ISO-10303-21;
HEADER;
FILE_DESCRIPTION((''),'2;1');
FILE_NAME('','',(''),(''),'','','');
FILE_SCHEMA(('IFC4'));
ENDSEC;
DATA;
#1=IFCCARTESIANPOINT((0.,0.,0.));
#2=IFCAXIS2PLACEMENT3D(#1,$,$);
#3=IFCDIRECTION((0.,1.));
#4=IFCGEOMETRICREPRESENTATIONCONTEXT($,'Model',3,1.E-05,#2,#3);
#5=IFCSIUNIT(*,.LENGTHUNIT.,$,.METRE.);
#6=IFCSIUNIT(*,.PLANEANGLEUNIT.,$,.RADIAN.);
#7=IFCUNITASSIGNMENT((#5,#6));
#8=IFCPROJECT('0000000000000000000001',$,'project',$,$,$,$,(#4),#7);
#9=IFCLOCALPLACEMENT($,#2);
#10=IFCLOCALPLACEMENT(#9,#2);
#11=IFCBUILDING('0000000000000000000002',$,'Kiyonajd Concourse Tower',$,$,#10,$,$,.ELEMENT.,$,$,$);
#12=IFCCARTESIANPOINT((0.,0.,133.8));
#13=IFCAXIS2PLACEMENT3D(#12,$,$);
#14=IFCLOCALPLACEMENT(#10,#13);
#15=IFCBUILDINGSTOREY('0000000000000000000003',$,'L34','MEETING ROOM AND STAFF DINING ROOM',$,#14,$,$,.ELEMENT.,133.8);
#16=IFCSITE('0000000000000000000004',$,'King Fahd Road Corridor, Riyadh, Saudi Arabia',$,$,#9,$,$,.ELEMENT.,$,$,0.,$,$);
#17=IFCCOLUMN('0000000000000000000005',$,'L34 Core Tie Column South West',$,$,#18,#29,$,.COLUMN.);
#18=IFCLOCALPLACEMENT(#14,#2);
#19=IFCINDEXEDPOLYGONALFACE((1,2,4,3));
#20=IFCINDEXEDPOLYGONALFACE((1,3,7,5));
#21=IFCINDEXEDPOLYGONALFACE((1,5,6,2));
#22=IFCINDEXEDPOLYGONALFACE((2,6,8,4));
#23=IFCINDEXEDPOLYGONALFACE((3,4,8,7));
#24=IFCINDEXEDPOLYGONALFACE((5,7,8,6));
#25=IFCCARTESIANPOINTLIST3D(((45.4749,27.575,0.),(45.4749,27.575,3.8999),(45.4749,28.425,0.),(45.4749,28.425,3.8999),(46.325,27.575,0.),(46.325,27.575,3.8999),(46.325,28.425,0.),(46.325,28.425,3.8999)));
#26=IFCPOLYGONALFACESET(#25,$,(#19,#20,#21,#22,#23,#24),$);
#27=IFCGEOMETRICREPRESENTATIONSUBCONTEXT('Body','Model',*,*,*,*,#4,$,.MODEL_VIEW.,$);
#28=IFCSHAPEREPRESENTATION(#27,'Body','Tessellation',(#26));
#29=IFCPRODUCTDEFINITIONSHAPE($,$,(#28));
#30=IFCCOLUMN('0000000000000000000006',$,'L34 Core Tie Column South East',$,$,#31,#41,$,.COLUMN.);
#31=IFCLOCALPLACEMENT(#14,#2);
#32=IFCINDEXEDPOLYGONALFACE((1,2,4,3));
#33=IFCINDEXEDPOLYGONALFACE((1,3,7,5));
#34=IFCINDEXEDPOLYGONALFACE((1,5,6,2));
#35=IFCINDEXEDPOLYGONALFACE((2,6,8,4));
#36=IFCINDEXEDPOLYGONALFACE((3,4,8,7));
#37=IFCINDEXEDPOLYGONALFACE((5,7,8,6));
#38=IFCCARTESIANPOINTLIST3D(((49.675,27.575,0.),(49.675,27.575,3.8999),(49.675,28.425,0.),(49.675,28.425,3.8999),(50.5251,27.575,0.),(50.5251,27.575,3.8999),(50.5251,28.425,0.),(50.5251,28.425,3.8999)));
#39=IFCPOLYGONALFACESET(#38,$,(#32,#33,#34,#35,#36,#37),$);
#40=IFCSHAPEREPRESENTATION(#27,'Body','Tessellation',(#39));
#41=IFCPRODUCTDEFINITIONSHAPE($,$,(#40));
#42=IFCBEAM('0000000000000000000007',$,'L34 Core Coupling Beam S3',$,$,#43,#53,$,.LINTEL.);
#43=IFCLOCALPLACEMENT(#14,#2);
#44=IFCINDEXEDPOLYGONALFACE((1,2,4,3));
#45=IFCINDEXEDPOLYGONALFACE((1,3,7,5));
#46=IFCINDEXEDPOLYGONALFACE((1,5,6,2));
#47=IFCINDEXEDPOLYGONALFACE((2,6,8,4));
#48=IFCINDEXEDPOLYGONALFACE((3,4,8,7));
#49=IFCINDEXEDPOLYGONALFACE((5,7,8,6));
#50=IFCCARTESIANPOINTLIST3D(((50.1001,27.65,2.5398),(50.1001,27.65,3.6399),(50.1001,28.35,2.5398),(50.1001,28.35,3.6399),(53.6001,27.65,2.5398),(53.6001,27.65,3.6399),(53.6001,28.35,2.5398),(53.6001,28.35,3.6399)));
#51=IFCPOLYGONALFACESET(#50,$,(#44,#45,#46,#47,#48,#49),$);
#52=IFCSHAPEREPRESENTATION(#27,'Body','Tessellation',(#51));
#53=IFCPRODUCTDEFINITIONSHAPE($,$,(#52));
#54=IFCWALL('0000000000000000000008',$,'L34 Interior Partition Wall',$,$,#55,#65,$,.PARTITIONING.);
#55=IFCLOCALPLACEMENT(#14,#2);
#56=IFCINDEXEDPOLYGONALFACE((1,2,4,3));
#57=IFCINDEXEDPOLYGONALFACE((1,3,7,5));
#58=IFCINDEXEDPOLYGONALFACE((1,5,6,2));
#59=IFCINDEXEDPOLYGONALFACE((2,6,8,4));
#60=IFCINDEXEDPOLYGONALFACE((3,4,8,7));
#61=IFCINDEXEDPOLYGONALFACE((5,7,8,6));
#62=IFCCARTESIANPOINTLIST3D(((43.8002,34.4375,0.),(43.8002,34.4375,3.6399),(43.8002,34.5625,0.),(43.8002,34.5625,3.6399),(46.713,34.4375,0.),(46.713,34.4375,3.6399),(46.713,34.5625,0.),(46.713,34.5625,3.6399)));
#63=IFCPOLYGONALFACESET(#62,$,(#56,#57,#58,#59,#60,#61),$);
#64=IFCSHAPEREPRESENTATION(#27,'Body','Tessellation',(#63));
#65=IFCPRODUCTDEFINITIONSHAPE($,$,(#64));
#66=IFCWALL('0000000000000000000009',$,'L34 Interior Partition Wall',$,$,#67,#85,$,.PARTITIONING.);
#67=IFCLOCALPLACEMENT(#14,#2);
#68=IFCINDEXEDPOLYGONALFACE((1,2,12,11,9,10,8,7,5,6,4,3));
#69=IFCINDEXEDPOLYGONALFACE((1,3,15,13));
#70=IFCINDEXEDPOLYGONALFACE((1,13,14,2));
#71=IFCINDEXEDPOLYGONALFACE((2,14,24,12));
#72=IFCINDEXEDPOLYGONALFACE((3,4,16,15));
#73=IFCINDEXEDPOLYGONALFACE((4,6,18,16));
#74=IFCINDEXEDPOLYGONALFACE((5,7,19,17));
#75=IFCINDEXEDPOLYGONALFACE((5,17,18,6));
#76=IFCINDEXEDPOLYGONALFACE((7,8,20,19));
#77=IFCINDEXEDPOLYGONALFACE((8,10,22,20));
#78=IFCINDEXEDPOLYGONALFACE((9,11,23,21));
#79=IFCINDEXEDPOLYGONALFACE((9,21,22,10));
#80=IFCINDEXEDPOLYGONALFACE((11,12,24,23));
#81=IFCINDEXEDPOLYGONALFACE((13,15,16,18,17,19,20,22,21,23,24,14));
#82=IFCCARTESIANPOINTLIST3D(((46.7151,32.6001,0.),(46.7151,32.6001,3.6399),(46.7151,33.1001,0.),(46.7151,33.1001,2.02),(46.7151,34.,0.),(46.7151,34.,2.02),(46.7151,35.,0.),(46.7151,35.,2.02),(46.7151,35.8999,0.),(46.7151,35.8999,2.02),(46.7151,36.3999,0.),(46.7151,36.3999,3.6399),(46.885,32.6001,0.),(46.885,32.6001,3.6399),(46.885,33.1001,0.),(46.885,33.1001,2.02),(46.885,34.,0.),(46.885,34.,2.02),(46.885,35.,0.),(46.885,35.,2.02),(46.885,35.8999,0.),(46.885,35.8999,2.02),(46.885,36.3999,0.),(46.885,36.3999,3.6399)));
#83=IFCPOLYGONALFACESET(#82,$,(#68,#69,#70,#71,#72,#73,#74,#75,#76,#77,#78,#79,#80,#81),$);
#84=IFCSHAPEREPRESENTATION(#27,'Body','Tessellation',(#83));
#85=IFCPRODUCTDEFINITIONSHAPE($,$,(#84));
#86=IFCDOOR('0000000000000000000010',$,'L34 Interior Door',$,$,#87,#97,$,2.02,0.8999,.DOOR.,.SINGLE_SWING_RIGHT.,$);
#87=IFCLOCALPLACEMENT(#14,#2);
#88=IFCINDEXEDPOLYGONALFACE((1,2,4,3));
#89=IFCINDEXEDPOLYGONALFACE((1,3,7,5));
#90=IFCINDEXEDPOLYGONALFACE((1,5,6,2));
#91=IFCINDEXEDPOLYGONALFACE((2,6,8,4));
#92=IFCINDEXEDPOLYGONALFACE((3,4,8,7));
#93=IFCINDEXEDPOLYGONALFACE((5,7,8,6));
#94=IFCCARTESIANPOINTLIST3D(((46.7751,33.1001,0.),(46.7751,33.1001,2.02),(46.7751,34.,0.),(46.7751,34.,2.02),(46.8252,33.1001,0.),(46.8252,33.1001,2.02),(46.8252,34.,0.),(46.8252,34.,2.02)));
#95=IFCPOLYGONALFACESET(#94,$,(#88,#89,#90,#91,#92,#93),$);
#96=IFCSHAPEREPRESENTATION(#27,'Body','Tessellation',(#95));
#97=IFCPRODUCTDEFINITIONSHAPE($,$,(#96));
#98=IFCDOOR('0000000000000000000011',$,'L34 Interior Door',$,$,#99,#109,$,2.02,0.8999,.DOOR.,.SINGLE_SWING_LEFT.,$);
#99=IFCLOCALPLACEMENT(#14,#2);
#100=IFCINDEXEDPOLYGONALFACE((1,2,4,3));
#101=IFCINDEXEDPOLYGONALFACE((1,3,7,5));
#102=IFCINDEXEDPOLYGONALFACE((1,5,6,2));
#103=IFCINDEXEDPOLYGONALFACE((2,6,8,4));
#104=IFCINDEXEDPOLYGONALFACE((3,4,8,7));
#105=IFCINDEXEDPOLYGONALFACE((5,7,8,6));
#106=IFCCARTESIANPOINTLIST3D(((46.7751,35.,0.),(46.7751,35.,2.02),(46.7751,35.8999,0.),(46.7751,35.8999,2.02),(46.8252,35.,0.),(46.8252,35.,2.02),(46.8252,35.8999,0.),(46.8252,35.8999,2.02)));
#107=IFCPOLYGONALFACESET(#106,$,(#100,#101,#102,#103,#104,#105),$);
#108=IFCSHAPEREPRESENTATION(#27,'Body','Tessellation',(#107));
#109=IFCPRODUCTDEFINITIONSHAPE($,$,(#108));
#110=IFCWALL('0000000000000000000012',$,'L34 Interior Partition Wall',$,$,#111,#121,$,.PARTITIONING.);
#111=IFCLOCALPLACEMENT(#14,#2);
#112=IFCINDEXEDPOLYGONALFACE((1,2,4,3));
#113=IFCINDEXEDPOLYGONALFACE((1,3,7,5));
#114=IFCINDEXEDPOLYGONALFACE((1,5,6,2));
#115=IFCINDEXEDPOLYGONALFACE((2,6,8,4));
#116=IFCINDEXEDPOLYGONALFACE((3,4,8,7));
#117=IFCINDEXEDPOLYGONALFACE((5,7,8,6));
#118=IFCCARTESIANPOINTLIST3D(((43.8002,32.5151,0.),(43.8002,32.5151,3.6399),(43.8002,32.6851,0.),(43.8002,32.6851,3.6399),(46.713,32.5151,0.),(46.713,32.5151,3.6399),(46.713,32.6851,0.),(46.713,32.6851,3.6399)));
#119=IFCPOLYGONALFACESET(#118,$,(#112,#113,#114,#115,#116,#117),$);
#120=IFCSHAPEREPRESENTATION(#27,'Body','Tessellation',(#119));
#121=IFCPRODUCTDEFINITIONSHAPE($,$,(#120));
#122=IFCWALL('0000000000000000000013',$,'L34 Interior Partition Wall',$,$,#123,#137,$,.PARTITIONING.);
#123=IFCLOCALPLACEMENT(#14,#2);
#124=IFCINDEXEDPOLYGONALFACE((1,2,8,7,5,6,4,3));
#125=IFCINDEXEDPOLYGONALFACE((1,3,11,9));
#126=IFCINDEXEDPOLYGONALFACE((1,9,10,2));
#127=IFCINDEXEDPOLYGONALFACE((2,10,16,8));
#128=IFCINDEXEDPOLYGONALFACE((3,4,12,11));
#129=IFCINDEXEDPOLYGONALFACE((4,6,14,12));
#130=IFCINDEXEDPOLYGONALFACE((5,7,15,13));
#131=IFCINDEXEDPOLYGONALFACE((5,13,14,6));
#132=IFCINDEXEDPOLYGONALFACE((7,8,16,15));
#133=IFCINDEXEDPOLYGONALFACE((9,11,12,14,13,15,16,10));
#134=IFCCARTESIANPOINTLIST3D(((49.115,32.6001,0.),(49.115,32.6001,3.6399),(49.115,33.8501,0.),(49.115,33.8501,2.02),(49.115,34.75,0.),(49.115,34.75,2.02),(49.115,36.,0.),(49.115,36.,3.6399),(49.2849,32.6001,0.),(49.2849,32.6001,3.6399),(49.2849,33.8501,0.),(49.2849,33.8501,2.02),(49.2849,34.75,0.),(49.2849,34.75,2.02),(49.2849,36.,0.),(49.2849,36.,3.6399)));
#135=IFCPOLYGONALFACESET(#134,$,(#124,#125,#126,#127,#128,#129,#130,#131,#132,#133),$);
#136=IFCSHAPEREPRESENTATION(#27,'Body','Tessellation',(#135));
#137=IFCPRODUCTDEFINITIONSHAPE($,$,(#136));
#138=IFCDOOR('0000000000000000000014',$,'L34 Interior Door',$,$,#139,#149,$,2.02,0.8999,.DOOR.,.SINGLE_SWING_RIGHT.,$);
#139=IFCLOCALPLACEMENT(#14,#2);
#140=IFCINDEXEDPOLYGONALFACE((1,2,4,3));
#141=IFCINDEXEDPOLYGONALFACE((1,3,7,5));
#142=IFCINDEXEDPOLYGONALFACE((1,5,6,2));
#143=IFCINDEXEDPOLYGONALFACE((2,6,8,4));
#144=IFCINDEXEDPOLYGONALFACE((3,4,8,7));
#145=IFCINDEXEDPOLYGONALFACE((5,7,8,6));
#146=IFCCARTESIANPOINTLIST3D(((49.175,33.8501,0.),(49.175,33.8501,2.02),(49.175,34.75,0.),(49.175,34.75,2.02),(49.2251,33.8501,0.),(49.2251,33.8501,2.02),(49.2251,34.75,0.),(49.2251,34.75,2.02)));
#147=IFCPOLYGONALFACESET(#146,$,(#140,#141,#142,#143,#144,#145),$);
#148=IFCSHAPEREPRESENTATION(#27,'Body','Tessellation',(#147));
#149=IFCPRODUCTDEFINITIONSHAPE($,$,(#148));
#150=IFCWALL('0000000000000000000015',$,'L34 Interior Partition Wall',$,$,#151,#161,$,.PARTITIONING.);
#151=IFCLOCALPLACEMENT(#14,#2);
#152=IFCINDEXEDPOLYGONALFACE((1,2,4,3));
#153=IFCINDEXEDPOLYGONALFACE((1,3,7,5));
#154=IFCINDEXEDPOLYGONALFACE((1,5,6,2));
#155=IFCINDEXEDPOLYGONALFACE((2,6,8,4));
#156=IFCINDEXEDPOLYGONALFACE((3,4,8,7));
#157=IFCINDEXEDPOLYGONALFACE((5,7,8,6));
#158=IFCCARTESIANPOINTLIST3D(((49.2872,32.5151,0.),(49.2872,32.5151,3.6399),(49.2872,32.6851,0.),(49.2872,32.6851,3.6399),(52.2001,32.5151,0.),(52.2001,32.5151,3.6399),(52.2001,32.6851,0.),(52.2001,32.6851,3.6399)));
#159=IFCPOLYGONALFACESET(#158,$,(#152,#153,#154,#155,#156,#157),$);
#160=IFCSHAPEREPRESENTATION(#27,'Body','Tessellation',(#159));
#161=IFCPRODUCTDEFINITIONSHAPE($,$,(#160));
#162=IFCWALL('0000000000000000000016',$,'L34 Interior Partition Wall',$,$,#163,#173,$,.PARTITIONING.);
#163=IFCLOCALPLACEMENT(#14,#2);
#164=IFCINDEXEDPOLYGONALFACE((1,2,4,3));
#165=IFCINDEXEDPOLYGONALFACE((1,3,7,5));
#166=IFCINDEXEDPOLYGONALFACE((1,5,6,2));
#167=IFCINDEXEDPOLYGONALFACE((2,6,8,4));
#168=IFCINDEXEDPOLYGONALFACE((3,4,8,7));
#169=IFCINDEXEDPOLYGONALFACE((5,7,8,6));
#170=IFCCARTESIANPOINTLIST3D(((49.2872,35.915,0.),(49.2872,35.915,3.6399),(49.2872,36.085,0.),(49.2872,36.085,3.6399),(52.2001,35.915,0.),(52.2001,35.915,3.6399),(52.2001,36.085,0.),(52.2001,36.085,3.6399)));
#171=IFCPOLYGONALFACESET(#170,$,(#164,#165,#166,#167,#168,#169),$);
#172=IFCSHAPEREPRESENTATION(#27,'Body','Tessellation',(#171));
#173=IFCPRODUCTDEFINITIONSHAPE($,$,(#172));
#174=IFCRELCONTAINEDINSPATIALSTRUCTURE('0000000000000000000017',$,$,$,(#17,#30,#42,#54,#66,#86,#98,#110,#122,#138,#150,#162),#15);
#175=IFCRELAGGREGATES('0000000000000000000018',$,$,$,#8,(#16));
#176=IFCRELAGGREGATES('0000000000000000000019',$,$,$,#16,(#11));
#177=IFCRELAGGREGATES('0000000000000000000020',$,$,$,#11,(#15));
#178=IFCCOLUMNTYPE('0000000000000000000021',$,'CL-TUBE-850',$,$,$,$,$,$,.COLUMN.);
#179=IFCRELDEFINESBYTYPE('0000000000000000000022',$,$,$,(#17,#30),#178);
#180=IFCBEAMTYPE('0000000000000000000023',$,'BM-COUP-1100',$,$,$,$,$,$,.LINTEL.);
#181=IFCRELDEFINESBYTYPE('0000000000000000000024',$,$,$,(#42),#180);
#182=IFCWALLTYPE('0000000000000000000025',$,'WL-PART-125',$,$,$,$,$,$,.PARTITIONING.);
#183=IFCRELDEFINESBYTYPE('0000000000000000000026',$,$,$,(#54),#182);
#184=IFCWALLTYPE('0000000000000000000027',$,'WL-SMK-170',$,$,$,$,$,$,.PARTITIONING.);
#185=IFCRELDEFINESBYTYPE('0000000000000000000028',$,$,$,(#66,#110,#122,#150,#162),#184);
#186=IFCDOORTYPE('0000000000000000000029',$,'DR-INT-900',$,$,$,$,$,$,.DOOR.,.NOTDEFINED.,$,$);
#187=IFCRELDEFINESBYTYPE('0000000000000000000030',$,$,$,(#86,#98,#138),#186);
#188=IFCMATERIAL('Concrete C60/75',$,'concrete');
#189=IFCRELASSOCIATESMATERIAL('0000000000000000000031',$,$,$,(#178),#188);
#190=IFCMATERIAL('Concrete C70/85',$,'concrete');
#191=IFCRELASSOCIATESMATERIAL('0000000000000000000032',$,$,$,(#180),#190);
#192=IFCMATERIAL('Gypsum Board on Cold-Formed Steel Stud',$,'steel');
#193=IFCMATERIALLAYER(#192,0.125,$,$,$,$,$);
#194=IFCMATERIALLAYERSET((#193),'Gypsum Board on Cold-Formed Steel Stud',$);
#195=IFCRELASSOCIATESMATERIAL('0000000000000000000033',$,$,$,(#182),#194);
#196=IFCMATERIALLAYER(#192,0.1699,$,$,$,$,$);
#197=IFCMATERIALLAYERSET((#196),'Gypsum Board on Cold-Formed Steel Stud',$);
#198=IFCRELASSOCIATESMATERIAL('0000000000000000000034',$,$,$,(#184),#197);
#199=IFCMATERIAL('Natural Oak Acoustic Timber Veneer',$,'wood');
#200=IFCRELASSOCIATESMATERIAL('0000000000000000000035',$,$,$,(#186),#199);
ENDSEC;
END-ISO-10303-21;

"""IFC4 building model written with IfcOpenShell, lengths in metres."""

from ifc_helpers import new_model, si_unit, direction, frame, frame_2d, origin, origin_2d, place, context, subcontext, project, spatial, rectangle, extrude, material, layer, layer_set, material_profile, profile_set, type_object, element, fill, save


model = new_model("IFC4")

# Units and contexts
model_context = context("Model", 3, precision=1e-05, world=origin(), true_north=direction((0.0, 1.0)))
body_context = subcontext(model_context, "Body", "Model", "MODEL_VIEW")
ifc_project = project(units=[si_unit("LENGTHUNIT", "METRE"), si_unit("PLANEANGLEUNIT", "RADIAN")], contexts=[model_context])

# Site, building, storey
site_placement = place(None, origin())
site = spatial("IfcSite", under=ifc_project, at=site_placement, Name="King Fahd Road Corridor, Riyadh, Saudi Arabia", CompositionType="ELEMENT", RefElevation=0.0)
building_placement = place(site_placement, origin())
building = spatial("IfcBuilding", under=site, at=building_placement, Name="Kiyonajd Concourse Tower", CompositionType="ELEMENT")
storey_placement = place(building_placement, frame((0.0, 0.0, 133.8)))
storey = spatial("IfcBuildingStorey", under=building, at=storey_placement, Name="L34", Description="MEETING ROOM AND STAFF DINING ROOM", CompositionType="ELEMENT", Elevation=133.8)

# Columns
ifc_material_1 = material(Name="Concrete C60/75", Category="concrete")
ifc_material_profile_1 = material_profile(ifc_material_1, rectangle(XDim=0.8501, YDim=0.8501, at=origin_2d()), Name="RC-850x850")
ifc_profile_set_1 = profile_set([ifc_material_profile_1], Name="Concrete C60/75")
column_type = type_object("IfcColumnType", Name="CL-TUBE-850", PredefinedType="COLUMN", material=ifc_profile_set_1)
for number, where, z_axis, x_axis, name in (
    (1, (45.8999, 28.0, 0.0), (0.0, 0.0, 1.0), (1.0, 0.0, 0.0), "L34 Core Tie Column South West"),
    (2, (50.1001, 28.0, 0.0), (0.0, 0.0, 1.0), (1.0, 0.0, 0.0), "L34 Core Tie Column South East"),
):
    element("IfcColumn", number, at=place(storey_placement, frame(where, z_axis=z_axis, x_axis=x_axis)), inside=storey, type_object=column_type, Name=name, PredefinedType="COLUMN", context=body_context, shape_type="SweptSolid", body=[
        extrude(rectangle(XDim=0.8501, YDim=0.8501, at=origin_2d()), origin(), (0.0, 0.0, 1.0), 3.8999),
    ])

# Beam
ifc_material_2 = material(Name="Concrete C70/85", Category="concrete")
ifc_material_profile_2 = material_profile(ifc_material_2, rectangle(XDim=0.7, YDim=1.1001, at=origin_2d()), Name="RCBM-700x1100")
ifc_profile_set_2 = profile_set([ifc_material_profile_2], Name="Concrete C70/85")
beam_type = type_object("IfcBeamType", Name="BM-COUP-1100", PredefinedType="LINTEL", material=ifc_profile_set_2)
beam_placement = place(storey_placement, frame((50.1001, 28.0, 3.0898), z_axis=(1.0, 0.0, 0.0), x_axis=(0.0, 1.0, 0.0)))
element("IfcBeam", 3, at=beam_placement, inside=storey, type_object=beam_type, Name="L34 Core Coupling Beam S3", PredefinedType="LINTEL", context=body_context, shape_type="SweptSolid", body=[
    extrude(rectangle(XDim=0.7, YDim=1.1001, at=origin_2d()), origin(), (0.0, 0.0, 1.0), 3.5),
])

# Wall
ifc_material_3 = material(Name="Gypsum Board on Cold-Formed Steel Stud", Category="steel")
ifc_layer_1 = layer(ifc_material_3, 0.125)
ifc_layer_set_1 = layer_set([ifc_layer_1], Name="Gypsum Board on Cold-Formed Steel Stud")
wall_type_1 = type_object("IfcWallType", Name="WL-PART-125", PredefinedType="PARTITIONING", material=ifc_layer_set_1)
wall_1_placement = place(storey_placement, frame((43.8, 34.5, 0.0), z_axis=(0.0, 0.0, 1.0), x_axis=(1.0, 0.0, 0.0)))
element("IfcWall", 4, at=wall_1_placement, inside=storey, type_object=wall_type_1, Name="L34 Interior Partition Wall", PredefinedType="PARTITIONING", context=body_context, shape_type="SweptSolid", body=[
    extrude(rectangle(XDim=2.9128, YDim=0.125, at=frame_2d((1.4565, 0.0))), origin(), (0.0, 0.0, 1.0), 3.6399),
])

# Wall, openings, doors
ifc_layer_2 = layer(ifc_material_3, 0.1699)
ifc_layer_set_2 = layer_set([ifc_layer_2], Name="Gypsum Board on Cold-Formed Steel Stud")
wall_type_2 = type_object("IfcWallType", Name="WL-SMK-170", PredefinedType="PARTITIONING", material=ifc_layer_set_2)
wall_2_placement = place(storey_placement, frame((46.8, 32.6001, 0.0), z_axis=(0.0, 0.0, 1.0), x_axis=(0.0, 1.0, 0.0)))
wall_2 = element("IfcWall", 5, at=wall_2_placement, inside=storey, type_object=wall_type_2, Name="L34 Interior Partition Wall", PredefinedType="PARTITIONING", context=body_context, shape_type="SweptSolid", body=[
    extrude(rectangle(XDim=3.7998, YDim=0.1699, at=frame_2d((1.8999, 0.0))), origin(), (0.0, 0.0, 1.0), 3.6399),
])
opening_1_placement = place(wall_2_placement, frame((0.5, 0.0, 0.0)))
opening_1 = element("IfcOpeningElement", 6, at=opening_1_placement, cuts=wall_2, PredefinedType="OPENING", context=body_context, shape_type="SweptSolid", body=[
    extrude(rectangle(XDim=0.8999, YDim=2.02, at=frame_2d((0.45, 1.01))), frame((0.0, 0.095, 0.0), z_axis=(0.0, -1.0, 0.0), x_axis=(1.0, 0.0, 0.0)), (0.0, 0.0, 1.0), 0.1899),
])
opening_2_placement = place(wall_2_placement, frame((2.3999, 0.0, 0.0)))
opening_2 = element("IfcOpeningElement", 7, at=opening_2_placement, cuts=wall_2, PredefinedType="OPENING", context=body_context, shape_type="SweptSolid", body=[
    extrude(rectangle(XDim=0.8999, YDim=2.02, at=frame_2d((0.45, 1.01))), frame((0.0, 0.095, 0.0), z_axis=(0.0, -1.0, 0.0), x_axis=(1.0, 0.0, 0.0)), (0.0, 0.0, 1.0), 0.1899),
])
ifc_material_4 = material(Name="Natural Oak Acoustic Timber Veneer", Category="wood")
door_type = type_object("IfcDoorType", Name="DR-INT-900", OperationType="NOTDEFINED", PredefinedType="DOOR", material=ifc_material_4)
door_1_placement = place(opening_1_placement, origin())
door_1 = element("IfcDoor", 8, at=door_1_placement, inside=storey, type_object=door_type, Name="L34 Interior Door", OperationType="SINGLE_SWING_RIGHT", OverallHeight=2.02, OverallWidth=0.8999, PredefinedType="DOOR", context=body_context, shape_type="SweptSolid", body=[
    extrude(rectangle(XDim=0.8999, YDim=2.02, at=frame_2d((0.45, 1.01))), frame((0.0, 0.0249, 0.0), z_axis=(0.0, -1.0, 0.0), x_axis=(1.0, 0.0, 0.0)), (0.0, 0.0, 1.0), 0.05),
])
fill(opening_1, door_1)
door_2_placement = place(opening_2_placement, origin())
door_2 = element("IfcDoor", 9, at=door_2_placement, inside=storey, type_object=door_type, Name="L34 Interior Door", OperationType="SINGLE_SWING_LEFT", OverallHeight=2.02, OverallWidth=0.8999, PredefinedType="DOOR", context=body_context, shape_type="SweptSolid", body=[
    extrude(rectangle(XDim=0.8999, YDim=2.02, at=frame_2d((0.45, 1.01))), frame((0.0, 0.0249, 0.0), z_axis=(0.0, -1.0, 0.0), x_axis=(1.0, 0.0, 0.0)), (0.0, 0.0, 1.0), 0.05),
])
fill(opening_2, door_2)

# Wall
wall_3_placement = place(storey_placement, frame((43.8, 32.6001, 0.0), z_axis=(0.0, 0.0, 1.0), x_axis=(1.0, 0.0, 0.0)))
element("IfcWall", 10, at=wall_3_placement, inside=storey, type_object=wall_type_2, Name="L34 Interior Partition Wall", PredefinedType="PARTITIONING", context=body_context, shape_type="SweptSolid", body=[
    extrude(rectangle(XDim=2.9128, YDim=0.1699, at=frame_2d((1.4565, 0.0))), origin(), (0.0, 0.0, 1.0), 3.6399),
])

# Wall, opening, door
wall_4_placement = place(storey_placement, frame((49.2, 32.6001, 0.0), z_axis=(0.0, 0.0, 1.0), x_axis=(0.0, 1.0, 0.0)))
wall_4 = element("IfcWall", 11, at=wall_4_placement, inside=storey, type_object=wall_type_2, Name="L34 Interior Partition Wall", PredefinedType="PARTITIONING", context=body_context, shape_type="SweptSolid", body=[
    extrude(rectangle(XDim=3.3999, YDim=0.1699, at=frame_2d((1.7, 0.0))), origin(), (0.0, 0.0, 1.0), 3.6399),
])
opening_3_placement = place(wall_4_placement, frame((1.25, 0.0, 0.0)))
opening_3 = element("IfcOpeningElement", 12, at=opening_3_placement, cuts=wall_4, PredefinedType="OPENING", context=body_context, shape_type="SweptSolid", body=[
    extrude(rectangle(XDim=0.8999, YDim=2.02, at=frame_2d((0.45, 1.01))), frame((0.0, 0.095, 0.0), z_axis=(0.0, -1.0, 0.0), x_axis=(1.0, 0.0, 0.0)), (0.0, 0.0, 1.0), 0.1899),
])
door_3_placement = place(opening_3_placement, origin())
door_3 = element("IfcDoor", 13, at=door_3_placement, inside=storey, type_object=door_type, Name="L34 Interior Door", OperationType="SINGLE_SWING_RIGHT", OverallHeight=2.02, OverallWidth=0.8999, PredefinedType="DOOR", context=body_context, shape_type="SweptSolid", body=[
    extrude(rectangle(XDim=0.8999, YDim=2.02, at=frame_2d((0.45, 1.01))), frame((0.0, 0.0249, 0.0), z_axis=(0.0, -1.0, 0.0), x_axis=(1.0, 0.0, 0.0)), (0.0, 0.0, 1.0), 0.05),
])
fill(opening_3, door_3)

# Walls
for number, where, z_axis, x_axis, name in (
    (14, (49.2871, 32.6001, 0.0), (0.0, 0.0, 1.0), (1.0, 0.0, 0.0), "L34 Interior Partition Wall"),
    (15, (49.2871, 36.0, 0.0), (0.0, 0.0, 1.0), (1.0, 0.0, 0.0), "L34 Interior Partition Wall"),
):
    element("IfcWall", number, at=place(storey_placement, frame(where, z_axis=z_axis, x_axis=x_axis)), inside=storey, type_object=wall_type_2, Name=name, PredefinedType="PARTITIONING", context=body_context, shape_type="SweptSolid", body=[
        extrude(rectangle(XDim=2.9128, YDim=0.1699, at=frame_2d((1.4565, 0.0))), origin(), (0.0, 0.0, 1.0), 3.6399),
    ])

save(model, "model.ifc")
